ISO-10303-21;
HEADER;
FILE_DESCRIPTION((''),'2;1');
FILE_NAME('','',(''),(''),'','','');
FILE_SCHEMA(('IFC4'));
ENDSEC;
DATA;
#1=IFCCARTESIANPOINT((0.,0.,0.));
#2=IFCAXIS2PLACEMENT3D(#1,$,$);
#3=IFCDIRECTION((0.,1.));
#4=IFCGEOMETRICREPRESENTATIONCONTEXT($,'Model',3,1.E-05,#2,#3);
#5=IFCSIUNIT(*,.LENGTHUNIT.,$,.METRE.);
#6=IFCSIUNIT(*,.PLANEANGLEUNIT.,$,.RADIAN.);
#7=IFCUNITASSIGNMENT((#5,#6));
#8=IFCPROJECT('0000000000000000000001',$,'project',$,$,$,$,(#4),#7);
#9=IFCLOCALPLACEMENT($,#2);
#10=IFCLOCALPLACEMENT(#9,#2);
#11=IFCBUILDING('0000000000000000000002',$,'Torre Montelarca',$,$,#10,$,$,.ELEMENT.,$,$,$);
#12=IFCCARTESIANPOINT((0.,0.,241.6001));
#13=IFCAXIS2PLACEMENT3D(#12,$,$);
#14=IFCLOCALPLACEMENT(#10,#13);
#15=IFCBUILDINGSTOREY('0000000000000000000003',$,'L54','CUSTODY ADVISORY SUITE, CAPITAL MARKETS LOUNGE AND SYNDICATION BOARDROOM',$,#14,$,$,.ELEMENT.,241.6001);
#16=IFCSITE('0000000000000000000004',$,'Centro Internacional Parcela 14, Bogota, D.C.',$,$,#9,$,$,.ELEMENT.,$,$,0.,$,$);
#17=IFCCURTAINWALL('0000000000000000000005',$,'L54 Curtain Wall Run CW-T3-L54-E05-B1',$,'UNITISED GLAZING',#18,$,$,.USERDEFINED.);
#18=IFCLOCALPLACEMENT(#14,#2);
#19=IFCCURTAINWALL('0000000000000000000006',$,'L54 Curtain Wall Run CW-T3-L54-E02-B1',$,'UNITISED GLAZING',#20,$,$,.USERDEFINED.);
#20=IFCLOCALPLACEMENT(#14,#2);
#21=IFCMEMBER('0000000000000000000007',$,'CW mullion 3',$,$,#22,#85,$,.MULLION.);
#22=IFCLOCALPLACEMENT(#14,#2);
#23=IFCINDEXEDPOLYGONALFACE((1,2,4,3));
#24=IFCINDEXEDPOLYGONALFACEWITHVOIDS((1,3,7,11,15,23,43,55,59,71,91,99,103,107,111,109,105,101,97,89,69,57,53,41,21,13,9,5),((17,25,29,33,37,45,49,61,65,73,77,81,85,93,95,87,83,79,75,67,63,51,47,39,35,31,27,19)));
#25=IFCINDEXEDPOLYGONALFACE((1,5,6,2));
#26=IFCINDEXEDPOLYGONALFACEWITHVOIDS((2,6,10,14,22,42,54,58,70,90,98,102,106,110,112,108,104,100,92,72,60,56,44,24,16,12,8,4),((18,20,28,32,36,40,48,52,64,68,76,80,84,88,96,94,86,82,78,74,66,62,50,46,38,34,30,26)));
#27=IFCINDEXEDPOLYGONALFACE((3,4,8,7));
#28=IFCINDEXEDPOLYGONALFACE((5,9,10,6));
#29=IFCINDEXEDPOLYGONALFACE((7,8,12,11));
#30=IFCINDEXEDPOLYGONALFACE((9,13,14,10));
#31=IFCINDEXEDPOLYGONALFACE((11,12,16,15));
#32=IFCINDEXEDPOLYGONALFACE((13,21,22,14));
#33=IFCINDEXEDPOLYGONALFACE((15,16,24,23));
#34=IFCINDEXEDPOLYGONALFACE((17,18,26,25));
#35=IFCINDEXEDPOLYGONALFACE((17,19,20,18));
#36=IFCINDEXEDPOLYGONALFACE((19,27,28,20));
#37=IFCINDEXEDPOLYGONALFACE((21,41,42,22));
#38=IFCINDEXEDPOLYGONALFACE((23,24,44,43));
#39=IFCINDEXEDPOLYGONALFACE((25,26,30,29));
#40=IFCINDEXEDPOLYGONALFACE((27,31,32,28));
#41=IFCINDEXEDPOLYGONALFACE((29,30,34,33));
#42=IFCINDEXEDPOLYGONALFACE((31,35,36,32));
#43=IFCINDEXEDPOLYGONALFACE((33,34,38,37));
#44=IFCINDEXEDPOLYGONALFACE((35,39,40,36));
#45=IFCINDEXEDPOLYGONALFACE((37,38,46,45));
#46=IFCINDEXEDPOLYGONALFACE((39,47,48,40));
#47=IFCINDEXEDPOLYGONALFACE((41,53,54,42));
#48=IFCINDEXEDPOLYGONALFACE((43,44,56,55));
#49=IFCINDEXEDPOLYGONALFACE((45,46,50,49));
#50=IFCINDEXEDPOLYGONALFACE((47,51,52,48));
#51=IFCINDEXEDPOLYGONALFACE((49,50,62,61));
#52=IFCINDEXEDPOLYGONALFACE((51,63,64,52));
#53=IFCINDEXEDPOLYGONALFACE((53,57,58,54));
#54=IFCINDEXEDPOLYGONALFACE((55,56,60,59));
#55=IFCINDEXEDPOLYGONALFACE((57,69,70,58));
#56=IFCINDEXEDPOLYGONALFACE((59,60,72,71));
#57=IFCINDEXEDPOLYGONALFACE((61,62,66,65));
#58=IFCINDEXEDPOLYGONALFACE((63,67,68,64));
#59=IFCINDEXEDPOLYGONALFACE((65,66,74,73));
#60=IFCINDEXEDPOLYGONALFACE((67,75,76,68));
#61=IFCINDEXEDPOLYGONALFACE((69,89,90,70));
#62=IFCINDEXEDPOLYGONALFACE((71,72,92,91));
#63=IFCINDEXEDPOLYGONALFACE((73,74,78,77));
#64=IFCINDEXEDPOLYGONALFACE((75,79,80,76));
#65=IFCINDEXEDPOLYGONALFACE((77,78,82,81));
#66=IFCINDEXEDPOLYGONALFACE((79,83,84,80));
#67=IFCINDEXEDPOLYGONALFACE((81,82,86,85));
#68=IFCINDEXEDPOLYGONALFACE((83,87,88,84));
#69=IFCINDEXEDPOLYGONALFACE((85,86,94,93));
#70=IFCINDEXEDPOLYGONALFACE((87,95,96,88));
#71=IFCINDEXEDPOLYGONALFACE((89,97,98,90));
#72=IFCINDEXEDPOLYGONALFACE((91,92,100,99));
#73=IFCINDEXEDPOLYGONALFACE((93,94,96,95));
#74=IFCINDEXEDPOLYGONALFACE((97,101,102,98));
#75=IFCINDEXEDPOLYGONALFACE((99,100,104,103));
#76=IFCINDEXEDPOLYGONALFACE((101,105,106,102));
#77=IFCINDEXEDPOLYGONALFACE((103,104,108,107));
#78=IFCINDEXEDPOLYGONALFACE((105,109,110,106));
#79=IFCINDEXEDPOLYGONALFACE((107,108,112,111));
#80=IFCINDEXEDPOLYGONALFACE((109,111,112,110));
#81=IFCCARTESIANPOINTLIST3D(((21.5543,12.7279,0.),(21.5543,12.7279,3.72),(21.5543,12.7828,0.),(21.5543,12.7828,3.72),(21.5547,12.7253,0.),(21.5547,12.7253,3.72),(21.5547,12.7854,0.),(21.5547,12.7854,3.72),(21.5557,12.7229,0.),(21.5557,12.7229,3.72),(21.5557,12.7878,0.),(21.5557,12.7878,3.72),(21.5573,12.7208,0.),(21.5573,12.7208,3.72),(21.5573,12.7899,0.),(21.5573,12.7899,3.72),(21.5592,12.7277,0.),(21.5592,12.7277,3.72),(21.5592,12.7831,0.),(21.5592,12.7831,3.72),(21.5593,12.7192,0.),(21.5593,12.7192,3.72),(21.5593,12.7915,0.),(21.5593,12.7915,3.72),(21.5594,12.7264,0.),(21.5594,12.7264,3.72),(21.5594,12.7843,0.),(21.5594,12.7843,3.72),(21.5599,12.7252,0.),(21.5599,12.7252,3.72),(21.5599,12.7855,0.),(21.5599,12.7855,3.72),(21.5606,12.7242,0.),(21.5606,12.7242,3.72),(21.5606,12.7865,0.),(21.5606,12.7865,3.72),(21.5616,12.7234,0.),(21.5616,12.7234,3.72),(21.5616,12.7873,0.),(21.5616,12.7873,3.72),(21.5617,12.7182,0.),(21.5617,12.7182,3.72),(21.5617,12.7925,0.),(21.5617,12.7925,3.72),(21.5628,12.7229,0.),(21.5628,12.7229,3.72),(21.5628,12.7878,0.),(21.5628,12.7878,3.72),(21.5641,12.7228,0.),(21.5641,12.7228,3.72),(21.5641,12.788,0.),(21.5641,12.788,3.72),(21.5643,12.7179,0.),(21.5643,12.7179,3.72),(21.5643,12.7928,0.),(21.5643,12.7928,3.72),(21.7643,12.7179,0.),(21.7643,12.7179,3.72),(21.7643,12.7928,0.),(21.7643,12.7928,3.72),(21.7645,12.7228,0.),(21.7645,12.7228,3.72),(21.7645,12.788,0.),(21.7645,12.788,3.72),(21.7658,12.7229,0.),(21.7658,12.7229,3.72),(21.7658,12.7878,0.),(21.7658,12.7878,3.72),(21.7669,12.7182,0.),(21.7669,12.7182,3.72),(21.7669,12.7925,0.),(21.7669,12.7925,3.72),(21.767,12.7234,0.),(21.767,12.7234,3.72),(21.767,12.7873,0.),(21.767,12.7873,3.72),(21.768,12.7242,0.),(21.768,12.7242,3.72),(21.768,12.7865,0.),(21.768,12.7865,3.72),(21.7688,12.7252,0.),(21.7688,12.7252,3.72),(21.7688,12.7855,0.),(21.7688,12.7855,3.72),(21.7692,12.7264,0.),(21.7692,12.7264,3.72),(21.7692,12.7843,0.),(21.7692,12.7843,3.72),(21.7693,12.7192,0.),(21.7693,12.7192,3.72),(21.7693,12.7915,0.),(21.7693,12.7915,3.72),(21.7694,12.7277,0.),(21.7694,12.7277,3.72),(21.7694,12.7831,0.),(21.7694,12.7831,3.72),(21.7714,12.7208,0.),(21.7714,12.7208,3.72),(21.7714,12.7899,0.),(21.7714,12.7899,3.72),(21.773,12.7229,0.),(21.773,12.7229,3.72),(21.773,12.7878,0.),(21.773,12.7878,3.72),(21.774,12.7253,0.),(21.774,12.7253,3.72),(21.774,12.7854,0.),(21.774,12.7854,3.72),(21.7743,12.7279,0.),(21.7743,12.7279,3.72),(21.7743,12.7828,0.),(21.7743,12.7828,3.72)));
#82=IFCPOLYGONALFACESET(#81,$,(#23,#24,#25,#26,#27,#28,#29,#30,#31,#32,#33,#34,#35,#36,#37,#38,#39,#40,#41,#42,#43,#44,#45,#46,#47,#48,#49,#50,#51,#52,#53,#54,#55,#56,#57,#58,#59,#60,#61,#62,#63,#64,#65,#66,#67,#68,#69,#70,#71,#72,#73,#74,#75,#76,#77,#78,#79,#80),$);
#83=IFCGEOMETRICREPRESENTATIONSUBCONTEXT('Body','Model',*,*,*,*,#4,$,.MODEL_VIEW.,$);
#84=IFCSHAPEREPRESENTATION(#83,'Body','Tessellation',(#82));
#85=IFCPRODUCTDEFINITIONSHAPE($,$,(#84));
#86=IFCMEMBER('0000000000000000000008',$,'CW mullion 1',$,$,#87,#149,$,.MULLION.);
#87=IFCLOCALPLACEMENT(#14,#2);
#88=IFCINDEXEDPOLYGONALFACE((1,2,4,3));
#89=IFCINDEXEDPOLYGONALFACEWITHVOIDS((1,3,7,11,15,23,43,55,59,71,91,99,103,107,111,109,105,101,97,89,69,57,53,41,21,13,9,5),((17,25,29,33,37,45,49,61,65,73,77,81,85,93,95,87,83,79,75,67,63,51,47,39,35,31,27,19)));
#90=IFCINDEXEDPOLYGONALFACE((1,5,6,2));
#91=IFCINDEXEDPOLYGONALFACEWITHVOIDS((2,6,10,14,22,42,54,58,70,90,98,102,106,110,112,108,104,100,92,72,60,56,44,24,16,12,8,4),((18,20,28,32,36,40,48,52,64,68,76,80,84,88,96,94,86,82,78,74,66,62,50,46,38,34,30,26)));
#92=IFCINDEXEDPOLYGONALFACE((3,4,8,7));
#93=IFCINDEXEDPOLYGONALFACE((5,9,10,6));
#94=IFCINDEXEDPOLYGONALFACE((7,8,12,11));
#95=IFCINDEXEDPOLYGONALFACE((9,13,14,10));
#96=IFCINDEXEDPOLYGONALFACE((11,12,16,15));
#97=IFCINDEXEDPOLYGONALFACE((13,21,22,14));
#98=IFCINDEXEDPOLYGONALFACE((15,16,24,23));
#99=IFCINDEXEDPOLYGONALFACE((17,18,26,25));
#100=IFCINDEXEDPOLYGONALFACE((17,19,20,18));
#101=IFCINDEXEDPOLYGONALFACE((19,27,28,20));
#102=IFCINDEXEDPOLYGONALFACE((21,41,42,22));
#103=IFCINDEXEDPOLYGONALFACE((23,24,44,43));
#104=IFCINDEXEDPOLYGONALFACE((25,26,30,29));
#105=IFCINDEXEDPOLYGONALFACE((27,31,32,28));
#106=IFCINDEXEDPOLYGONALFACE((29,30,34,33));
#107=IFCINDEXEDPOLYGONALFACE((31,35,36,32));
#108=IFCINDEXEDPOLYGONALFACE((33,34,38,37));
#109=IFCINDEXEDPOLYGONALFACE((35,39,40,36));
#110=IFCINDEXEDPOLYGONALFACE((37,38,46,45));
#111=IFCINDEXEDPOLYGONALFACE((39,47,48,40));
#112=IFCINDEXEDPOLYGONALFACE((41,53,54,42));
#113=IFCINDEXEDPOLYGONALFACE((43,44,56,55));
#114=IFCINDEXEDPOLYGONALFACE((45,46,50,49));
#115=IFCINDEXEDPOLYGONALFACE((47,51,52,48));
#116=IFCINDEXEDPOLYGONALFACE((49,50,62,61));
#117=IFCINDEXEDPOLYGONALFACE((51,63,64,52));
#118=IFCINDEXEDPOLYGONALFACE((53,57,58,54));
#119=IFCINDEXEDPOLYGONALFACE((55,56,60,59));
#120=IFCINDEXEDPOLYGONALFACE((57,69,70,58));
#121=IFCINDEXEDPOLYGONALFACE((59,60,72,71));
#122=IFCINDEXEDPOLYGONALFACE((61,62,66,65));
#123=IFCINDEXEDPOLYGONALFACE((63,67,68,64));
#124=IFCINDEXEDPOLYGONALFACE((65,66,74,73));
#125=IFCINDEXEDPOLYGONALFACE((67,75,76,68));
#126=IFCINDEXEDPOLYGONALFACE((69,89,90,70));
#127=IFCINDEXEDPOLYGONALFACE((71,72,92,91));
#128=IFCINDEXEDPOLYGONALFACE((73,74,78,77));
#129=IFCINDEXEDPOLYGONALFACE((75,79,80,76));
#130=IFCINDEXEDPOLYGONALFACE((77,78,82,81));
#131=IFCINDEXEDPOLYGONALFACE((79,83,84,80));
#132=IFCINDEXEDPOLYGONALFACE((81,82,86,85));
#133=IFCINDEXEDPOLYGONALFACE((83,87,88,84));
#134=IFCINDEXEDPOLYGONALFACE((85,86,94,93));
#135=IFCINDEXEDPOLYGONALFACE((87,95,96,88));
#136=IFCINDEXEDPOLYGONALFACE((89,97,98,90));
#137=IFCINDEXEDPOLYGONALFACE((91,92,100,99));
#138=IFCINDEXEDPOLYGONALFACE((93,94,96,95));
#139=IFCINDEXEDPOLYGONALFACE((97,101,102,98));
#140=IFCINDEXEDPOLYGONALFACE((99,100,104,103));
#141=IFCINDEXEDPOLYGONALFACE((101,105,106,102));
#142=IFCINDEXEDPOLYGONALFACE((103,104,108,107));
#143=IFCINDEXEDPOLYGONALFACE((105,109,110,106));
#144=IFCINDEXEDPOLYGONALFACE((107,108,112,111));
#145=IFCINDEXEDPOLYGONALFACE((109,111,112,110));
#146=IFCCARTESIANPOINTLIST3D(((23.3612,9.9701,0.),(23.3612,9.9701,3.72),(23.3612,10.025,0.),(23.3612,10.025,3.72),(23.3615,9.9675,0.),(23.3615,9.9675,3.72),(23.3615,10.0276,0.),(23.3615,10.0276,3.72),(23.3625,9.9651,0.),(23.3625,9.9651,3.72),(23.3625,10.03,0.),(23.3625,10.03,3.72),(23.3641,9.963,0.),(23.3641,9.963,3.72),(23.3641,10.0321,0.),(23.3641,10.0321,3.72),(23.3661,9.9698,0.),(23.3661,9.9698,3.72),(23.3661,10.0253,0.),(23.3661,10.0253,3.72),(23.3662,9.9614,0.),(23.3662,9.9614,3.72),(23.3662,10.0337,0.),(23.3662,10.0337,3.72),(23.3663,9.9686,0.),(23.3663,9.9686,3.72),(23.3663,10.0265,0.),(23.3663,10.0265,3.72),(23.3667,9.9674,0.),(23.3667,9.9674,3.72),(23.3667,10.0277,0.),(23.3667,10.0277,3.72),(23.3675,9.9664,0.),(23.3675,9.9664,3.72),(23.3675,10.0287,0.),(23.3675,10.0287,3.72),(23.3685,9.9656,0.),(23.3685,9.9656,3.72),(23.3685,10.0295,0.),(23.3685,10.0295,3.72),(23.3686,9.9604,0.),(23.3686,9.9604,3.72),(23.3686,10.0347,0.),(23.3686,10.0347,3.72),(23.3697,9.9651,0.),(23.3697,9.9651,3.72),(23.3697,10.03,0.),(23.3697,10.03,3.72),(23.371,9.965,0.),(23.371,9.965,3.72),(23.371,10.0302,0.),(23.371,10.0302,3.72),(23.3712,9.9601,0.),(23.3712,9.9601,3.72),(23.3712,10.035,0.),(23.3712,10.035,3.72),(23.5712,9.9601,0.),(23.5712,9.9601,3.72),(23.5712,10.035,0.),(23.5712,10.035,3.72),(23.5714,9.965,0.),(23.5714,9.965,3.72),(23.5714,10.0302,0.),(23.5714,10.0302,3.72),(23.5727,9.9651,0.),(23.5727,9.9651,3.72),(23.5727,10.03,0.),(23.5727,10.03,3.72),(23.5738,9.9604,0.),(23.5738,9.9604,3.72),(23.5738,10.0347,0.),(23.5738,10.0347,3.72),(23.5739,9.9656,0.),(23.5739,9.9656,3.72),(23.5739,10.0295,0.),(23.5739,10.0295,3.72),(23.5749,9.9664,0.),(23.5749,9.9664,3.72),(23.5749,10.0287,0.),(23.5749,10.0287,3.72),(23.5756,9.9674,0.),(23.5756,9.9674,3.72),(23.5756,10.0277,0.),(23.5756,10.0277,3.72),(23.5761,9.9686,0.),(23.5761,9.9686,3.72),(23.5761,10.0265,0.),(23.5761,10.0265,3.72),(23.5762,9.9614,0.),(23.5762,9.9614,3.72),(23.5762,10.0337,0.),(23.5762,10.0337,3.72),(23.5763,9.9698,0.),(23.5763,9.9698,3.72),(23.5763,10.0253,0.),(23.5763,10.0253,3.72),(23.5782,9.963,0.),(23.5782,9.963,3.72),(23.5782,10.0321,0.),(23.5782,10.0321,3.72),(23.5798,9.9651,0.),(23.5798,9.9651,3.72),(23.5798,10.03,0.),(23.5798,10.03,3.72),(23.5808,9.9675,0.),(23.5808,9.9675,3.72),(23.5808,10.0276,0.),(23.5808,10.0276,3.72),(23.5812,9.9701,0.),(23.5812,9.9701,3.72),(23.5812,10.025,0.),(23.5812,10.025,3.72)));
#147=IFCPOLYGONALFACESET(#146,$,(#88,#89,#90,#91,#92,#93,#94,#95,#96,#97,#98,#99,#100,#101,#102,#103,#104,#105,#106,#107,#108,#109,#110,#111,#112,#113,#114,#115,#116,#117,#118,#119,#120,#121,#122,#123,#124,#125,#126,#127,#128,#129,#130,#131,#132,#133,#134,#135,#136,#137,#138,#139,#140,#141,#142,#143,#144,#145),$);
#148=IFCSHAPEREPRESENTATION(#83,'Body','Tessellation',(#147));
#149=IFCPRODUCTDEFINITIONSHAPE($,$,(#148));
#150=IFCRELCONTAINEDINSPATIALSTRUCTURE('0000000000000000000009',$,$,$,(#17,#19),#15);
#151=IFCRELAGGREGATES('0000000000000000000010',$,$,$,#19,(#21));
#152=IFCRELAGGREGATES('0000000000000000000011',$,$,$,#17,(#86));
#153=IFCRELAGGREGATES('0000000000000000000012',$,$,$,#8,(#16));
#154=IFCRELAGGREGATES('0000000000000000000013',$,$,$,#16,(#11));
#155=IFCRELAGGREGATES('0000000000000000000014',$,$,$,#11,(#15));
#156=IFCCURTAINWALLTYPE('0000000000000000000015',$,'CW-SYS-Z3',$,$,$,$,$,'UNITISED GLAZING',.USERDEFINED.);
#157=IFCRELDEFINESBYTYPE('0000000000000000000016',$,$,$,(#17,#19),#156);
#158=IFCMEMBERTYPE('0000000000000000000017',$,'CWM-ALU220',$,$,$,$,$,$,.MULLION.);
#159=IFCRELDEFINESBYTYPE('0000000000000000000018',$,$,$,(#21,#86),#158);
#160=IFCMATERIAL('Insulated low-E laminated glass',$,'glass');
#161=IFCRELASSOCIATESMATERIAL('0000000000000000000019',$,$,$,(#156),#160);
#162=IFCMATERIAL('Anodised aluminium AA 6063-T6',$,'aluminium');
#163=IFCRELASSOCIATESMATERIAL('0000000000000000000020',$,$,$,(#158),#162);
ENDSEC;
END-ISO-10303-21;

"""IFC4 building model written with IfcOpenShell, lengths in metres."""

from ifc_helpers import new_model, si_unit, direction, frame, origin, origin_2d, place, context, subcontext, project, spatial, hollow_rectangle, extrude, source, transform, mapped, material, material_profile, profile_set, type_object, element, aggregate, save


model = new_model("IFC4")

# Units and contexts
model_context = context("Model", 3, precision=1e-05, world=origin(), true_north=direction((0.0, 1.0)))
body_context = subcontext(model_context, "Body", "Model", "MODEL_VIEW")
ifc_project = project(units=[si_unit("LENGTHUNIT", "METRE"), si_unit("PLANEANGLEUNIT", "RADIAN")], contexts=[model_context])

# Site, building, storey
site_placement = place(None, origin())
site = spatial("IfcSite", under=ifc_project, at=site_placement, Name="Centro Internacional Parcela 14, Bogota, D.C.", CompositionType="ELEMENT", RefElevation=0.0)
building_placement = place(site_placement, origin())
building = spatial("IfcBuilding", under=site, at=building_placement, Name="Torre Montelarca", CompositionType="ELEMENT")
storey_placement = place(building_placement, frame((0.0, 0.0, 241.6001)))
storey = spatial("IfcBuildingStorey", under=building, at=storey_placement, Name="L54", Description="CUSTODY ADVISORY SUITE, CAPITAL MARKETS LOUNGE AND SYNDICATION BOARDROOM", CompositionType="ELEMENT", Elevation=241.6001)

# Curtain wall
ifc_material_1 = material(Name="Insulated low-E laminated glass", Category="glass")
curtain_wall_type = type_object("IfcCurtainWallType", Name="CW-SYS-Z3", ElementType="UNITISED GLAZING", PredefinedType="USERDEFINED", material=ifc_material_1)
curtain_wall_1_placement = place(storey_placement, origin())
curtain_wall_1 = element("IfcCurtainWall", 1, at=curtain_wall_1_placement, inside=storey, type_object=curtain_wall_type, Name="L54 Curtain Wall Run CW-T3-L54-E05-B1", ObjectType="UNITISED GLAZING", PredefinedType="USERDEFINED")
ifc_material_2 = material(Name="Anodised aluminium AA 6063-T6", Category="aluminium")

# Curtain wall, member
curtain_wall_2_placement = place(storey_placement, origin())
curtain_wall_2 = element("IfcCurtainWall", 2, at=curtain_wall_2_placement, inside=storey, type_object=curtain_wall_type, Name="L54 Curtain Wall Run CW-T3-L54-E02-B1", ObjectType="UNITISED GLAZING", PredefinedType="USERDEFINED")
ifc_material_profile_1 = material_profile(ifc_material_2, hollow_rectangle(XDim=0.075, YDim=0.22, WallThickness=0.0049, InnerFilletRadius=0.0049, OuterFilletRadius=0.01, at=origin_2d()), Name="ALU75X220X5", Category="aluminium")
ifc_profile_set_1 = profile_set([ifc_material_profile_1], Name="Anodised aluminium AA 6063-T6")
member_type_1 = type_object("IfcMemberType", Name="CWM-ALU220", PredefinedType="MULLION", material=ifc_profile_set_1)
shared_shape_1 = source(origin(), body_context, "Body", "SweptSolid", [
    extrude(hollow_rectangle(XDim=0.075, YDim=0.22, WallThickness=0.0049, InnerFilletRadius=0.0049, OuterFilletRadius=0.01, at=origin_2d()), origin(), (0.0, 0.0, 1.0), 3.72),
])
member_1_placement = place(storey_placement, frame((21.6643, 12.7554, 0.0), z_axis=(0.0, 0.0, 1.0), x_axis=(0.0, 1.0, 0.0)))
member_1 = element("IfcMember", 3, at=member_1_placement, type_object=member_type_1, Name="CW mullion 3", PredefinedType="MULLION", context=body_context, shape_type="MappedRepresentation", body=[
    mapped(shared_shape_1, transform((0.0, 0.0, 0.0), scale=1.0)),
])
aggregate(curtain_wall_2, [member_1])

# Member
member_2_placement = place(storey_placement, frame((23.4712, 9.9976, 0.0), z_axis=(0.0, 0.0, 1.0), x_axis=(0.0, 1.0, 0.0)))
member_2 = element("IfcMember", 4, at=member_2_placement, type_object=member_type_1, Name="CW mullion 1", PredefinedType="MULLION", context=body_context, shape_type="MappedRepresentation", body=[
    mapped(shared_shape_1, transform((0.0, 0.0, 0.0), scale=1.0)),
])

aggregate(curtain_wall_1, [member_2])

save(model, "model.ifc")
